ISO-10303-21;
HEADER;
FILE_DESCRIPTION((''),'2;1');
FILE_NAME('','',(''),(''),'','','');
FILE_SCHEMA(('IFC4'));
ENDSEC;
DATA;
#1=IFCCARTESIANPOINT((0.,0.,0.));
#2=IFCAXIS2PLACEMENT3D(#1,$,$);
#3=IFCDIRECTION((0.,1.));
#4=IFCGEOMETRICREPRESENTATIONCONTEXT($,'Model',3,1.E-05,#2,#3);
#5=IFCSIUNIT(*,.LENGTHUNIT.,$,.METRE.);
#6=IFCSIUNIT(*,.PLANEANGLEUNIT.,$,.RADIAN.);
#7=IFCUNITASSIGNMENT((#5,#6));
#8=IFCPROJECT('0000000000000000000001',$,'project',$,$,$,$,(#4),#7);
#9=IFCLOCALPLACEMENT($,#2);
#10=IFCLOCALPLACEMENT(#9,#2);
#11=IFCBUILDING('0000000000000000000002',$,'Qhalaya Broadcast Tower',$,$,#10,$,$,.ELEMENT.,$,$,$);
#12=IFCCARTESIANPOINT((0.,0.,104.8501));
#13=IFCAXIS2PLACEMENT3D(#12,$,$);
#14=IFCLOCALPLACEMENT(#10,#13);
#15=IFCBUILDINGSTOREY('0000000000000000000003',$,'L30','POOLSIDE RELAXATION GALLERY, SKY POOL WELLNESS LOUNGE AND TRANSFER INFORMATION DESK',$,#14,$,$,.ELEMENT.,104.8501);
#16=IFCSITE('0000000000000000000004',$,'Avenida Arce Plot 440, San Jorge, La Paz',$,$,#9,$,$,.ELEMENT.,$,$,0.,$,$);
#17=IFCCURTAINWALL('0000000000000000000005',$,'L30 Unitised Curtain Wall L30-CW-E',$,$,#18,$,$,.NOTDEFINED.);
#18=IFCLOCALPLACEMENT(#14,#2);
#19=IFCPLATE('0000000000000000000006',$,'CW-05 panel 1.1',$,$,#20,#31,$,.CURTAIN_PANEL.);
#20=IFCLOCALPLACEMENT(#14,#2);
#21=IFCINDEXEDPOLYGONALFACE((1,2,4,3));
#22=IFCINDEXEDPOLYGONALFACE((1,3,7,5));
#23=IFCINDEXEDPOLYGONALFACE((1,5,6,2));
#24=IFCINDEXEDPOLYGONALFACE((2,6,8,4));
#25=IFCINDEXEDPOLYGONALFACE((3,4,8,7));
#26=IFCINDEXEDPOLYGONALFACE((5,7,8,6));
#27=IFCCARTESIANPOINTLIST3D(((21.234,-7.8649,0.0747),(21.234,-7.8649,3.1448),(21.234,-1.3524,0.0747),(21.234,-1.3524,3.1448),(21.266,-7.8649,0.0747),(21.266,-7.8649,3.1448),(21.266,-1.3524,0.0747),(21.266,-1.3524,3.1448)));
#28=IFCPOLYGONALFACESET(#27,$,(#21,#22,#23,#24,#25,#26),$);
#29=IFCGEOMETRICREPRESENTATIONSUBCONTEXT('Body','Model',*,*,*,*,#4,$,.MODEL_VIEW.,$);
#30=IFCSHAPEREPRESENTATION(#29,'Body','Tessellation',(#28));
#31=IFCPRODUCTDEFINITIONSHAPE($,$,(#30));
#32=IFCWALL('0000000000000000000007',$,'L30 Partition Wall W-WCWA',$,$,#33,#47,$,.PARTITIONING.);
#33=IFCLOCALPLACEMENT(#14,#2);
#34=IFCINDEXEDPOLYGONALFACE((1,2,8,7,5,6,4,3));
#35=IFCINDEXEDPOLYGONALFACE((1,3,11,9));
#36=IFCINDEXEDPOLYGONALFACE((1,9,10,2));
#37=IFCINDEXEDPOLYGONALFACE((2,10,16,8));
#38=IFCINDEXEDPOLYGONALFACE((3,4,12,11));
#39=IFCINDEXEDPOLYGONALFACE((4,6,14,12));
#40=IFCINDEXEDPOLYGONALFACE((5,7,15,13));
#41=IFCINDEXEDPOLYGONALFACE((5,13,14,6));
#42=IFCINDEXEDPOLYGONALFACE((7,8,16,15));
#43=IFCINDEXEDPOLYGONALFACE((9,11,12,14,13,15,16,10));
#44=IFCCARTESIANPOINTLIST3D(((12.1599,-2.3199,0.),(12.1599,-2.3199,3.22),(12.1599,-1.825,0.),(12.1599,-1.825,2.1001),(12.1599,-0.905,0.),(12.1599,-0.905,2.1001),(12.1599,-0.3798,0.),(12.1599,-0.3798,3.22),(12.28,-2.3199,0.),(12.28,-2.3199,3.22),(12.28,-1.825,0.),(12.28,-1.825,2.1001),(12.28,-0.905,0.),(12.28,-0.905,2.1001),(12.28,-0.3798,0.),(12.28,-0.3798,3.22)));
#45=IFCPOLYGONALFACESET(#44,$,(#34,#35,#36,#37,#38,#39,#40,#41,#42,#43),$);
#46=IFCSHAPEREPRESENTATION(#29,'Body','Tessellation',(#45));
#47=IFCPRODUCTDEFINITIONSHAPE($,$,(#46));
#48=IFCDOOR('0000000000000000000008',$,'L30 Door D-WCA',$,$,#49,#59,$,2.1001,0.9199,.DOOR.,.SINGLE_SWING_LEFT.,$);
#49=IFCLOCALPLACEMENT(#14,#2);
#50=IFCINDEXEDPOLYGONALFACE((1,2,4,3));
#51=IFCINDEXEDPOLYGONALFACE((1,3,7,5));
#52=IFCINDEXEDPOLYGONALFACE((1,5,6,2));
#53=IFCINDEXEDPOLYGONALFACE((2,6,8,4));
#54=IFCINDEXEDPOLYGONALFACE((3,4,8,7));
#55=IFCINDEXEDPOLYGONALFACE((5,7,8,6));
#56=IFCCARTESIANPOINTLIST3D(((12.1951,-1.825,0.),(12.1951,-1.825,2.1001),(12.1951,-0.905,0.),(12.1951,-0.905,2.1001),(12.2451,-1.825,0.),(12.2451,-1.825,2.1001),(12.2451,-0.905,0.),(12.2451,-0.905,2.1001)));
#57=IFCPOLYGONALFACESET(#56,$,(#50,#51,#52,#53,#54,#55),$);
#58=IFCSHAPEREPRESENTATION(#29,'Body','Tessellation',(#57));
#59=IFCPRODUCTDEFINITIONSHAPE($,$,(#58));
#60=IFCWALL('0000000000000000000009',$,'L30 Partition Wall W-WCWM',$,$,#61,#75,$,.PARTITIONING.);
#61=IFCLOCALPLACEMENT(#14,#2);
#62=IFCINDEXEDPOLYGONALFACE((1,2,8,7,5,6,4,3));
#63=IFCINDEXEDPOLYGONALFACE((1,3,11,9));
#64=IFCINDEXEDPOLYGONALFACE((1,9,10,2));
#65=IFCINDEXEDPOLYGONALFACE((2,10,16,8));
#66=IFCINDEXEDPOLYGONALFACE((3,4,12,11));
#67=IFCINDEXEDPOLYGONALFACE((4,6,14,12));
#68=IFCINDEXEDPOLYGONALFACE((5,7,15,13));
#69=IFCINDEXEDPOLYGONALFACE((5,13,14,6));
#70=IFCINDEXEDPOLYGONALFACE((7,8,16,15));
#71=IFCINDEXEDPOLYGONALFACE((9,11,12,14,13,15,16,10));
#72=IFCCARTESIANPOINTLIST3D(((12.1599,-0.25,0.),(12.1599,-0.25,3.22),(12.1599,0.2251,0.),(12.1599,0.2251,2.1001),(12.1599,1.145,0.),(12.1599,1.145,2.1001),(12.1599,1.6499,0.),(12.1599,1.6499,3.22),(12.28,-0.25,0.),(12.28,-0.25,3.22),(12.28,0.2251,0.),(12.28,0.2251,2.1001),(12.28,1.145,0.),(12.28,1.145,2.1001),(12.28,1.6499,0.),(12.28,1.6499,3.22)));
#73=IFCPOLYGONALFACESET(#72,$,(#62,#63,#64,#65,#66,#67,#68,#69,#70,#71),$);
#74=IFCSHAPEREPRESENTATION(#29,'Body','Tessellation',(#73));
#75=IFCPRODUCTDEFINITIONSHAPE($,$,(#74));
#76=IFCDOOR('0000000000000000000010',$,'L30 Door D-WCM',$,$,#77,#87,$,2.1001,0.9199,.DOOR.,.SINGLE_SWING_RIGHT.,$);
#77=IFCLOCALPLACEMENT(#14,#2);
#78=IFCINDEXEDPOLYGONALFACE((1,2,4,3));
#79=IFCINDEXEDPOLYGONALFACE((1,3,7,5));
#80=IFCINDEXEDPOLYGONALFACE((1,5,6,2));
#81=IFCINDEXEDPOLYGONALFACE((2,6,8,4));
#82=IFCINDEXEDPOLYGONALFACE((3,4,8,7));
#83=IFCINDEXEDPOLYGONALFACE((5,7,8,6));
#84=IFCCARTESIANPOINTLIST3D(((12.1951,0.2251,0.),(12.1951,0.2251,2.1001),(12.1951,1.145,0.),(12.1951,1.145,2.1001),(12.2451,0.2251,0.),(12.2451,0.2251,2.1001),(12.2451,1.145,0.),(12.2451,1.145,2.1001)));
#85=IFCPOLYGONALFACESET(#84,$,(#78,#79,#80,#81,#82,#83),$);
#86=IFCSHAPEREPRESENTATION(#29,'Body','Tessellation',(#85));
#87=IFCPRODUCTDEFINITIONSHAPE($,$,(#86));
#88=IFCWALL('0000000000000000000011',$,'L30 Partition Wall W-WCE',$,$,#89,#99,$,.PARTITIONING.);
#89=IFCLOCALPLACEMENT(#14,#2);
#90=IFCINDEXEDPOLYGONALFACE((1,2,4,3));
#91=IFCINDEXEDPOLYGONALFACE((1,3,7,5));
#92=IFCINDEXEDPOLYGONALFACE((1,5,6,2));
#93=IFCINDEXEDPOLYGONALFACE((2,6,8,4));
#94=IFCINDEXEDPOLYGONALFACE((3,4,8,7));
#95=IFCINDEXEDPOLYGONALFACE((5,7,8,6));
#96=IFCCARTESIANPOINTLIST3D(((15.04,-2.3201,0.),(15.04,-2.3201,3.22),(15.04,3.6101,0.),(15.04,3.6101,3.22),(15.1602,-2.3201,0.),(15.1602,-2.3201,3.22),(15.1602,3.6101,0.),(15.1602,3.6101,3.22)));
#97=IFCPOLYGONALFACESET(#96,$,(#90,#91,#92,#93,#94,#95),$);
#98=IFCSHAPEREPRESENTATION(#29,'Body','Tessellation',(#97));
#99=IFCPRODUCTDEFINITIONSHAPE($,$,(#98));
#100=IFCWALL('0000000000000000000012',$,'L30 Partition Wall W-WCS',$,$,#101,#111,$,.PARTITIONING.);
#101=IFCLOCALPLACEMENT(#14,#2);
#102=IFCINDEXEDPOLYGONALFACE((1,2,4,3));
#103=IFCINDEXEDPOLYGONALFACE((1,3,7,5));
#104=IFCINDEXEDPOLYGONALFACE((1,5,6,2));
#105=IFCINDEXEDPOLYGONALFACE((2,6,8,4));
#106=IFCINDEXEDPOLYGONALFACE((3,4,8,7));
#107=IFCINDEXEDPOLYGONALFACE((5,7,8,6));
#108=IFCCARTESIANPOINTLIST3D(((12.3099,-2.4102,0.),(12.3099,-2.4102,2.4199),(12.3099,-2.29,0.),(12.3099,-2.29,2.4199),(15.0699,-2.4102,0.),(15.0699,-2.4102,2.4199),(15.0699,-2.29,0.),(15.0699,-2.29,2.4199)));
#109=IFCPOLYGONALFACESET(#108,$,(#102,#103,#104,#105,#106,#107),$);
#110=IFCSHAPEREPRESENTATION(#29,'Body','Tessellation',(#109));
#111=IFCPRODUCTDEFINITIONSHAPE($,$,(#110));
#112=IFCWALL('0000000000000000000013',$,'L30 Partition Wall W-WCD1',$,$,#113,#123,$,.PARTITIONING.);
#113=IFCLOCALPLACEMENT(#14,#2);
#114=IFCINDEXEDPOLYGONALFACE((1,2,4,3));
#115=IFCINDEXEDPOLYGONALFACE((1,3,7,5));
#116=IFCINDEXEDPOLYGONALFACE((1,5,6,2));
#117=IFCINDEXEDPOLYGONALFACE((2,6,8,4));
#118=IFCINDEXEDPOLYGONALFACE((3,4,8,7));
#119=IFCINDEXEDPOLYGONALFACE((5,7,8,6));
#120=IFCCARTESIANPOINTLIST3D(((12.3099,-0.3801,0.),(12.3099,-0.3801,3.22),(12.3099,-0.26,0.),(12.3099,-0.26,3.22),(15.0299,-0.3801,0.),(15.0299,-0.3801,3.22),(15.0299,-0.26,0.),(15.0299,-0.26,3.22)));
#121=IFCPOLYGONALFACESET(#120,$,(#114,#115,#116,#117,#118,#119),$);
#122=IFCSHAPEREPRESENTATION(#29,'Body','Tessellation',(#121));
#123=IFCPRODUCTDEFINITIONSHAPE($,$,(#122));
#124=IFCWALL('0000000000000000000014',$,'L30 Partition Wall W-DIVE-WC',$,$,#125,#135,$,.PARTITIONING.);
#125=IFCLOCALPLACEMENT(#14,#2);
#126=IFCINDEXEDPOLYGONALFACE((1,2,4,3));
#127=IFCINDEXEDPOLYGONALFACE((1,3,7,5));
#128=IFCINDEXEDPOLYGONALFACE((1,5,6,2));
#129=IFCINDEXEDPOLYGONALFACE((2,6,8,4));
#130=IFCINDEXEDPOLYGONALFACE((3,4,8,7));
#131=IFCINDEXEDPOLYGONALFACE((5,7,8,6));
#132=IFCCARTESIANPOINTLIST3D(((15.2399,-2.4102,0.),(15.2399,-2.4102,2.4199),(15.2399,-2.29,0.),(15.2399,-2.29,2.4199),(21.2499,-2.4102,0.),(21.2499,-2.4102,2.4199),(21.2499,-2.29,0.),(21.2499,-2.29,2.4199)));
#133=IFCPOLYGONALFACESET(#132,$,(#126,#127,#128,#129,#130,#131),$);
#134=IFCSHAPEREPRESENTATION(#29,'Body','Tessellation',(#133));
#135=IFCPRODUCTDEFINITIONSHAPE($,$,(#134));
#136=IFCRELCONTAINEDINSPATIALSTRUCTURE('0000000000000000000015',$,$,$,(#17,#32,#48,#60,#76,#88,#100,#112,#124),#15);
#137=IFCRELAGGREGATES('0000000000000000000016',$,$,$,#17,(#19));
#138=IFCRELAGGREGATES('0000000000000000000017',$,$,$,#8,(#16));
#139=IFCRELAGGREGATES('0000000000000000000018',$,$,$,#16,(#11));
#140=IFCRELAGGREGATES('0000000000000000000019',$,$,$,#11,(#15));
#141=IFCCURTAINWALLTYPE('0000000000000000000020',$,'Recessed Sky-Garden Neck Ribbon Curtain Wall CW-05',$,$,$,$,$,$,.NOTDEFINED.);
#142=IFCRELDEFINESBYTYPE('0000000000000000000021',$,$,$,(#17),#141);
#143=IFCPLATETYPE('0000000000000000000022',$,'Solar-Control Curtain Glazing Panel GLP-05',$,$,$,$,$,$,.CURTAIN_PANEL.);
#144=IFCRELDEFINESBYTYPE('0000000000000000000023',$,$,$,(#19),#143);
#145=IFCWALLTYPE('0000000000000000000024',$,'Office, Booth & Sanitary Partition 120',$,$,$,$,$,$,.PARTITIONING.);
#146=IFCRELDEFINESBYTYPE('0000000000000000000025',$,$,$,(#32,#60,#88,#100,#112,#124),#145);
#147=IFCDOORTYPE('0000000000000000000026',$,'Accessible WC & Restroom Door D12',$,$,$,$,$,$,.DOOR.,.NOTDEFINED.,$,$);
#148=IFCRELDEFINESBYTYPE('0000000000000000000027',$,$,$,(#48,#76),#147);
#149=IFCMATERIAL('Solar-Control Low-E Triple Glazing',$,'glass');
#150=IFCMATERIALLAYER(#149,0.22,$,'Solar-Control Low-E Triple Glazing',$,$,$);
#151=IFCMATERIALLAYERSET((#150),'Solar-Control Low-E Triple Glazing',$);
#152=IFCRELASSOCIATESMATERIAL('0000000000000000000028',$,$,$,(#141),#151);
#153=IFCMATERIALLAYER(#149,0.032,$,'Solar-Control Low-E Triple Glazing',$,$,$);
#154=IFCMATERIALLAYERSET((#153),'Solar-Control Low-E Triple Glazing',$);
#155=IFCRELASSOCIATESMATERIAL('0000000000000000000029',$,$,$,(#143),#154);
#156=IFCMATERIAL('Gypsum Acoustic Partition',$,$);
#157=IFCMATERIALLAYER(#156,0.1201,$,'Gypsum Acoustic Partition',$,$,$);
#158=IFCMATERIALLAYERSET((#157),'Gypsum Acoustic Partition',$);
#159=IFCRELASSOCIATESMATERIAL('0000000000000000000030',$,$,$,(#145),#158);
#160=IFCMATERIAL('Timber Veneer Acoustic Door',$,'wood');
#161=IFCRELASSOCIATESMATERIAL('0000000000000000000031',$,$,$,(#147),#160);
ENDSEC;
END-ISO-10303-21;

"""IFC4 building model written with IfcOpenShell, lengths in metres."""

from ifc_helpers import new_model, si_unit, direction, frame, frame_2d, origin, origin_2d, place, context, subcontext, project, spatial, rectangle, extrude, material, layer, layer_set, type_object, element, fill, aggregate, save


model = new_model("IFC4")

# Units and contexts
model_context = context("Model", 3, precision=1e-05, world=origin(), true_north=direction((0.0, 1.0)))
body_context = subcontext(model_context, "Body", "Model", "MODEL_VIEW")
ifc_project = project(units=[si_unit("LENGTHUNIT", "METRE"), si_unit("PLANEANGLEUNIT", "RADIAN")], contexts=[model_context])

# Site, building, storey
site_placement = place(None, origin())
site = spatial("IfcSite", under=ifc_project, at=site_placement, Name="Avenida Arce Plot 440, San Jorge, La Paz", CompositionType="ELEMENT", RefElevation=0.0)
building_placement = place(site_placement, origin())
building = spatial("IfcBuilding", under=site, at=building_placement, Name="Qhalaya Broadcast Tower", CompositionType="ELEMENT")
storey_placement = place(building_placement, frame((0.0, 0.0, 104.8501)))
storey = spatial("IfcBuildingStorey", under=building, at=storey_placement, Name="L30", Description="POOLSIDE RELAXATION GALLERY, SKY POOL WELLNESS LOUNGE AND TRANSFER INFORMATION DESK", CompositionType="ELEMENT", Elevation=104.8501)

# Curtain wall, plate
ifc_material_1 = material(Name="Solar-Control Low-E Triple Glazing", Category="glass")
ifc_layer_1 = layer(ifc_material_1, 0.22, Name="Solar-Control Low-E Triple Glazing")
ifc_layer_set_1 = layer_set([ifc_layer_1], Name="Solar-Control Low-E Triple Glazing")
curtain_wall_type = type_object("IfcCurtainWallType", Name="Recessed Sky-Garden Neck Ribbon Curtain Wall CW-05", PredefinedType="NOTDEFINED", material=ifc_layer_set_1)
curtain_wall_placement = place(storey_placement, origin())
curtain_wall = element("IfcCurtainWall", 1, at=curtain_wall_placement, inside=storey, type_object=curtain_wall_type, Name="L30 Unitised Curtain Wall L30-CW-E", PredefinedType="NOTDEFINED")
ifc_layer_2 = layer(ifc_material_1, 0.032, Name="Solar-Control Low-E Triple Glazing")
ifc_layer_set_2 = layer_set([ifc_layer_2], Name="Solar-Control Low-E Triple Glazing")
plate_type = type_object("IfcPlateType", Name="Solar-Control Curtain Glazing Panel GLP-05", PredefinedType="CURTAIN_PANEL", material=ifc_layer_set_2)
plate_placement = place(storey_placement, frame((21.25, -4.6086, 0.0747), z_axis=(0.0, 0.0, 1.0), x_axis=(0.0, 1.0, 0.0)))
plate = element("IfcPlate", 2, at=plate_placement, type_object=plate_type, Name="CW-05 panel 1.1", PredefinedType="CURTAIN_PANEL", context=body_context, shape_type="SweptSolid", body=[
    extrude(rectangle(XDim=6.5125, YDim=0.032, at=origin_2d()), origin(), (0.0, 0.0, 1.0), 3.0701),
])
aggregate(curtain_wall, [plate])

# Walls, openings, doors
ifc_material_2 = material(Name="Gypsum Acoustic Partition")
ifc_layer_3 = layer(ifc_material_2, 0.1201, Name="Gypsum Acoustic Partition")
ifc_layer_set_3 = layer_set([ifc_layer_3], Name="Gypsum Acoustic Partition")
wall_type = type_object("IfcWallType", Name="Office, Booth & Sanitary Partition 120", PredefinedType="PARTITIONING", material=ifc_layer_set_3)
wall_1_placement = place(storey_placement, frame((12.22, -2.3201, 0.0), z_axis=(0.0, 0.0, 1.0), x_axis=(0.0, 1.0, 0.0)))
wall_1 = element("IfcWall", 3, at=wall_1_placement, inside=storey, type_object=wall_type, Name="L30 Partition Wall W-WCWA", PredefinedType="PARTITIONING", context=body_context, shape_type="SweptSolid", body=[
    extrude(rectangle(XDim=1.9402, YDim=0.1201, at=frame_2d((0.9702, 0.0))), origin(), (0.0, 0.0, 1.0), 3.22),
])
opening_1_placement = place(wall_1_placement, frame((0.4951, 0.0, 0.0)))
opening_1 = element("IfcOpeningElement", 4, at=opening_1_placement, cuts=wall_1, PredefinedType="OPENING", context=body_context, shape_type="SweptSolid", body=[
    extrude(rectangle(XDim=0.9199, YDim=2.1001, at=frame_2d((0.46, 1.05))), frame((0.0, 0.072, 0.0), z_axis=(0.0, -1.0, 0.0), x_axis=(1.0, 0.0, 0.0)), (0.0, 0.0, 1.0), 0.144),
])
ifc_material_3 = material(Name="Timber Veneer Acoustic Door", Category="wood")
door_type = type_object("IfcDoorType", Name="Accessible WC & Restroom Door D12", OperationType="NOTDEFINED", PredefinedType="DOOR", material=ifc_material_3)
door_1_placement = place(opening_1_placement, origin())
door_1 = element("IfcDoor", 5, at=door_1_placement, inside=storey, type_object=door_type, Name="L30 Door D-WCA", OperationType="SINGLE_SWING_LEFT", OverallHeight=2.1001, OverallWidth=0.9199, PredefinedType="DOOR", context=body_context, shape_type="SweptSolid", body=[
    extrude(rectangle(XDim=0.9199, YDim=2.1001, at=frame_2d((0.46, 1.05))), frame((0.0, 0.0249, 0.0), z_axis=(0.0, -1.0, 0.0), x_axis=(1.0, 0.0, 0.0)), (0.0, 0.0, 1.0), 0.05),
])
fill(opening_1, door_1)
wall_2_placement = place(storey_placement, frame((12.22, -0.25, 0.0), z_axis=(0.0, 0.0, 1.0), x_axis=(0.0, 1.0, 0.0)))
wall_2 = element("IfcWall", 6, at=wall_2_placement, inside=storey, type_object=wall_type, Name="L30 Partition Wall W-WCWM", PredefinedType="PARTITIONING", context=body_context, shape_type="SweptSolid", body=[
    extrude(rectangle(XDim=1.8999, YDim=0.1201, at=frame_2d((0.95, 0.0))), origin(), (0.0, 0.0, 1.0), 3.22),
])
opening_2_placement = place(wall_2_placement, frame((0.4751, 0.0, 0.0)))
opening_2 = element("IfcOpeningElement", 7, at=opening_2_placement, cuts=wall_2, PredefinedType="OPENING", context=body_context, shape_type="SweptSolid", body=[
    extrude(rectangle(XDim=0.9199, YDim=2.1001, at=frame_2d((0.46, 1.05))), frame((0.0, 0.072, 0.0), z_axis=(0.0, -1.0, 0.0), x_axis=(1.0, 0.0, 0.0)), (0.0, 0.0, 1.0), 0.144),
])
door_2_placement = place(opening_2_placement, origin())
door_2 = element("IfcDoor", 8, at=door_2_placement, inside=storey, type_object=door_type, Name="L30 Door D-WCM", OperationType="SINGLE_SWING_RIGHT", OverallHeight=2.1001, OverallWidth=0.9199, PredefinedType="DOOR", context=body_context, shape_type="SweptSolid", body=[
    extrude(rectangle(XDim=0.9199, YDim=2.1001, at=frame_2d((0.46, 1.05))), frame((0.0, 0.0249, 0.0), z_axis=(0.0, -1.0, 0.0), x_axis=(1.0, 0.0, 0.0)), (0.0, 0.0, 1.0), 0.05),
])
fill(opening_2, door_2)

# Walls
wall_3_placement = place(storey_placement, frame((15.1001, -2.3201, 0.0), z_axis=(0.0, 0.0, 1.0), x_axis=(0.0, 1.0, 0.0)))
element("IfcWall", 9, at=wall_3_placement, inside=storey, type_object=wall_type, Name="L30 Partition Wall W-WCE", PredefinedType="PARTITIONING", context=body_context, shape_type="SweptSolid", body=[
    extrude(rectangle(XDim=5.9302, YDim=0.1201, at=frame_2d((2.9651, 0.0))), origin(), (0.0, 0.0, 1.0), 3.22),
])
wall_4_placement = place(storey_placement, frame((12.3101, -2.3501, 0.0), z_axis=(0.0, 0.0, 1.0), x_axis=(1.0, 0.0, 0.0)))
element("IfcWall", 10, at=wall_4_placement, inside=storey, type_object=wall_type, Name="L30 Partition Wall W-WCS", PredefinedType="PARTITIONING", context=body_context, shape_type="SweptSolid", body=[
    extrude(rectangle(XDim=2.76, YDim=0.1201, at=frame_2d((1.3799, 0.0))), origin(), (0.0, 0.0, 1.0), 2.4199),
])
wall_5_placement = place(storey_placement, frame((12.3101, -0.3201, 0.0), z_axis=(0.0, 0.0, 1.0), x_axis=(1.0, 0.0, 0.0)))
element("IfcWall", 11, at=wall_5_placement, inside=storey, type_object=wall_type, Name="L30 Partition Wall W-WCD1", PredefinedType="PARTITIONING", context=body_context, shape_type="SweptSolid", body=[
    extrude(rectangle(XDim=2.72, YDim=0.1201, at=frame_2d((1.3599, 0.0))), origin(), (0.0, 0.0, 1.0), 3.22),
])
wall_6_placement = place(storey_placement, frame((15.24, -2.3501, 0.0), z_axis=(0.0, 0.0, 1.0), x_axis=(1.0, 0.0, 0.0)))
element("IfcWall", 12, at=wall_6_placement, inside=storey, type_object=wall_type, Name="L30 Partition Wall W-DIVE-WC", PredefinedType="PARTITIONING", context=body_context, shape_type="SweptSolid", body=[
    extrude(rectangle(XDim=6.01, YDim=0.1201, at=frame_2d((3.0049, 0.0))), origin(), (0.0, 0.0, 1.0), 2.4199),
])

save(model, "model.ifc")
